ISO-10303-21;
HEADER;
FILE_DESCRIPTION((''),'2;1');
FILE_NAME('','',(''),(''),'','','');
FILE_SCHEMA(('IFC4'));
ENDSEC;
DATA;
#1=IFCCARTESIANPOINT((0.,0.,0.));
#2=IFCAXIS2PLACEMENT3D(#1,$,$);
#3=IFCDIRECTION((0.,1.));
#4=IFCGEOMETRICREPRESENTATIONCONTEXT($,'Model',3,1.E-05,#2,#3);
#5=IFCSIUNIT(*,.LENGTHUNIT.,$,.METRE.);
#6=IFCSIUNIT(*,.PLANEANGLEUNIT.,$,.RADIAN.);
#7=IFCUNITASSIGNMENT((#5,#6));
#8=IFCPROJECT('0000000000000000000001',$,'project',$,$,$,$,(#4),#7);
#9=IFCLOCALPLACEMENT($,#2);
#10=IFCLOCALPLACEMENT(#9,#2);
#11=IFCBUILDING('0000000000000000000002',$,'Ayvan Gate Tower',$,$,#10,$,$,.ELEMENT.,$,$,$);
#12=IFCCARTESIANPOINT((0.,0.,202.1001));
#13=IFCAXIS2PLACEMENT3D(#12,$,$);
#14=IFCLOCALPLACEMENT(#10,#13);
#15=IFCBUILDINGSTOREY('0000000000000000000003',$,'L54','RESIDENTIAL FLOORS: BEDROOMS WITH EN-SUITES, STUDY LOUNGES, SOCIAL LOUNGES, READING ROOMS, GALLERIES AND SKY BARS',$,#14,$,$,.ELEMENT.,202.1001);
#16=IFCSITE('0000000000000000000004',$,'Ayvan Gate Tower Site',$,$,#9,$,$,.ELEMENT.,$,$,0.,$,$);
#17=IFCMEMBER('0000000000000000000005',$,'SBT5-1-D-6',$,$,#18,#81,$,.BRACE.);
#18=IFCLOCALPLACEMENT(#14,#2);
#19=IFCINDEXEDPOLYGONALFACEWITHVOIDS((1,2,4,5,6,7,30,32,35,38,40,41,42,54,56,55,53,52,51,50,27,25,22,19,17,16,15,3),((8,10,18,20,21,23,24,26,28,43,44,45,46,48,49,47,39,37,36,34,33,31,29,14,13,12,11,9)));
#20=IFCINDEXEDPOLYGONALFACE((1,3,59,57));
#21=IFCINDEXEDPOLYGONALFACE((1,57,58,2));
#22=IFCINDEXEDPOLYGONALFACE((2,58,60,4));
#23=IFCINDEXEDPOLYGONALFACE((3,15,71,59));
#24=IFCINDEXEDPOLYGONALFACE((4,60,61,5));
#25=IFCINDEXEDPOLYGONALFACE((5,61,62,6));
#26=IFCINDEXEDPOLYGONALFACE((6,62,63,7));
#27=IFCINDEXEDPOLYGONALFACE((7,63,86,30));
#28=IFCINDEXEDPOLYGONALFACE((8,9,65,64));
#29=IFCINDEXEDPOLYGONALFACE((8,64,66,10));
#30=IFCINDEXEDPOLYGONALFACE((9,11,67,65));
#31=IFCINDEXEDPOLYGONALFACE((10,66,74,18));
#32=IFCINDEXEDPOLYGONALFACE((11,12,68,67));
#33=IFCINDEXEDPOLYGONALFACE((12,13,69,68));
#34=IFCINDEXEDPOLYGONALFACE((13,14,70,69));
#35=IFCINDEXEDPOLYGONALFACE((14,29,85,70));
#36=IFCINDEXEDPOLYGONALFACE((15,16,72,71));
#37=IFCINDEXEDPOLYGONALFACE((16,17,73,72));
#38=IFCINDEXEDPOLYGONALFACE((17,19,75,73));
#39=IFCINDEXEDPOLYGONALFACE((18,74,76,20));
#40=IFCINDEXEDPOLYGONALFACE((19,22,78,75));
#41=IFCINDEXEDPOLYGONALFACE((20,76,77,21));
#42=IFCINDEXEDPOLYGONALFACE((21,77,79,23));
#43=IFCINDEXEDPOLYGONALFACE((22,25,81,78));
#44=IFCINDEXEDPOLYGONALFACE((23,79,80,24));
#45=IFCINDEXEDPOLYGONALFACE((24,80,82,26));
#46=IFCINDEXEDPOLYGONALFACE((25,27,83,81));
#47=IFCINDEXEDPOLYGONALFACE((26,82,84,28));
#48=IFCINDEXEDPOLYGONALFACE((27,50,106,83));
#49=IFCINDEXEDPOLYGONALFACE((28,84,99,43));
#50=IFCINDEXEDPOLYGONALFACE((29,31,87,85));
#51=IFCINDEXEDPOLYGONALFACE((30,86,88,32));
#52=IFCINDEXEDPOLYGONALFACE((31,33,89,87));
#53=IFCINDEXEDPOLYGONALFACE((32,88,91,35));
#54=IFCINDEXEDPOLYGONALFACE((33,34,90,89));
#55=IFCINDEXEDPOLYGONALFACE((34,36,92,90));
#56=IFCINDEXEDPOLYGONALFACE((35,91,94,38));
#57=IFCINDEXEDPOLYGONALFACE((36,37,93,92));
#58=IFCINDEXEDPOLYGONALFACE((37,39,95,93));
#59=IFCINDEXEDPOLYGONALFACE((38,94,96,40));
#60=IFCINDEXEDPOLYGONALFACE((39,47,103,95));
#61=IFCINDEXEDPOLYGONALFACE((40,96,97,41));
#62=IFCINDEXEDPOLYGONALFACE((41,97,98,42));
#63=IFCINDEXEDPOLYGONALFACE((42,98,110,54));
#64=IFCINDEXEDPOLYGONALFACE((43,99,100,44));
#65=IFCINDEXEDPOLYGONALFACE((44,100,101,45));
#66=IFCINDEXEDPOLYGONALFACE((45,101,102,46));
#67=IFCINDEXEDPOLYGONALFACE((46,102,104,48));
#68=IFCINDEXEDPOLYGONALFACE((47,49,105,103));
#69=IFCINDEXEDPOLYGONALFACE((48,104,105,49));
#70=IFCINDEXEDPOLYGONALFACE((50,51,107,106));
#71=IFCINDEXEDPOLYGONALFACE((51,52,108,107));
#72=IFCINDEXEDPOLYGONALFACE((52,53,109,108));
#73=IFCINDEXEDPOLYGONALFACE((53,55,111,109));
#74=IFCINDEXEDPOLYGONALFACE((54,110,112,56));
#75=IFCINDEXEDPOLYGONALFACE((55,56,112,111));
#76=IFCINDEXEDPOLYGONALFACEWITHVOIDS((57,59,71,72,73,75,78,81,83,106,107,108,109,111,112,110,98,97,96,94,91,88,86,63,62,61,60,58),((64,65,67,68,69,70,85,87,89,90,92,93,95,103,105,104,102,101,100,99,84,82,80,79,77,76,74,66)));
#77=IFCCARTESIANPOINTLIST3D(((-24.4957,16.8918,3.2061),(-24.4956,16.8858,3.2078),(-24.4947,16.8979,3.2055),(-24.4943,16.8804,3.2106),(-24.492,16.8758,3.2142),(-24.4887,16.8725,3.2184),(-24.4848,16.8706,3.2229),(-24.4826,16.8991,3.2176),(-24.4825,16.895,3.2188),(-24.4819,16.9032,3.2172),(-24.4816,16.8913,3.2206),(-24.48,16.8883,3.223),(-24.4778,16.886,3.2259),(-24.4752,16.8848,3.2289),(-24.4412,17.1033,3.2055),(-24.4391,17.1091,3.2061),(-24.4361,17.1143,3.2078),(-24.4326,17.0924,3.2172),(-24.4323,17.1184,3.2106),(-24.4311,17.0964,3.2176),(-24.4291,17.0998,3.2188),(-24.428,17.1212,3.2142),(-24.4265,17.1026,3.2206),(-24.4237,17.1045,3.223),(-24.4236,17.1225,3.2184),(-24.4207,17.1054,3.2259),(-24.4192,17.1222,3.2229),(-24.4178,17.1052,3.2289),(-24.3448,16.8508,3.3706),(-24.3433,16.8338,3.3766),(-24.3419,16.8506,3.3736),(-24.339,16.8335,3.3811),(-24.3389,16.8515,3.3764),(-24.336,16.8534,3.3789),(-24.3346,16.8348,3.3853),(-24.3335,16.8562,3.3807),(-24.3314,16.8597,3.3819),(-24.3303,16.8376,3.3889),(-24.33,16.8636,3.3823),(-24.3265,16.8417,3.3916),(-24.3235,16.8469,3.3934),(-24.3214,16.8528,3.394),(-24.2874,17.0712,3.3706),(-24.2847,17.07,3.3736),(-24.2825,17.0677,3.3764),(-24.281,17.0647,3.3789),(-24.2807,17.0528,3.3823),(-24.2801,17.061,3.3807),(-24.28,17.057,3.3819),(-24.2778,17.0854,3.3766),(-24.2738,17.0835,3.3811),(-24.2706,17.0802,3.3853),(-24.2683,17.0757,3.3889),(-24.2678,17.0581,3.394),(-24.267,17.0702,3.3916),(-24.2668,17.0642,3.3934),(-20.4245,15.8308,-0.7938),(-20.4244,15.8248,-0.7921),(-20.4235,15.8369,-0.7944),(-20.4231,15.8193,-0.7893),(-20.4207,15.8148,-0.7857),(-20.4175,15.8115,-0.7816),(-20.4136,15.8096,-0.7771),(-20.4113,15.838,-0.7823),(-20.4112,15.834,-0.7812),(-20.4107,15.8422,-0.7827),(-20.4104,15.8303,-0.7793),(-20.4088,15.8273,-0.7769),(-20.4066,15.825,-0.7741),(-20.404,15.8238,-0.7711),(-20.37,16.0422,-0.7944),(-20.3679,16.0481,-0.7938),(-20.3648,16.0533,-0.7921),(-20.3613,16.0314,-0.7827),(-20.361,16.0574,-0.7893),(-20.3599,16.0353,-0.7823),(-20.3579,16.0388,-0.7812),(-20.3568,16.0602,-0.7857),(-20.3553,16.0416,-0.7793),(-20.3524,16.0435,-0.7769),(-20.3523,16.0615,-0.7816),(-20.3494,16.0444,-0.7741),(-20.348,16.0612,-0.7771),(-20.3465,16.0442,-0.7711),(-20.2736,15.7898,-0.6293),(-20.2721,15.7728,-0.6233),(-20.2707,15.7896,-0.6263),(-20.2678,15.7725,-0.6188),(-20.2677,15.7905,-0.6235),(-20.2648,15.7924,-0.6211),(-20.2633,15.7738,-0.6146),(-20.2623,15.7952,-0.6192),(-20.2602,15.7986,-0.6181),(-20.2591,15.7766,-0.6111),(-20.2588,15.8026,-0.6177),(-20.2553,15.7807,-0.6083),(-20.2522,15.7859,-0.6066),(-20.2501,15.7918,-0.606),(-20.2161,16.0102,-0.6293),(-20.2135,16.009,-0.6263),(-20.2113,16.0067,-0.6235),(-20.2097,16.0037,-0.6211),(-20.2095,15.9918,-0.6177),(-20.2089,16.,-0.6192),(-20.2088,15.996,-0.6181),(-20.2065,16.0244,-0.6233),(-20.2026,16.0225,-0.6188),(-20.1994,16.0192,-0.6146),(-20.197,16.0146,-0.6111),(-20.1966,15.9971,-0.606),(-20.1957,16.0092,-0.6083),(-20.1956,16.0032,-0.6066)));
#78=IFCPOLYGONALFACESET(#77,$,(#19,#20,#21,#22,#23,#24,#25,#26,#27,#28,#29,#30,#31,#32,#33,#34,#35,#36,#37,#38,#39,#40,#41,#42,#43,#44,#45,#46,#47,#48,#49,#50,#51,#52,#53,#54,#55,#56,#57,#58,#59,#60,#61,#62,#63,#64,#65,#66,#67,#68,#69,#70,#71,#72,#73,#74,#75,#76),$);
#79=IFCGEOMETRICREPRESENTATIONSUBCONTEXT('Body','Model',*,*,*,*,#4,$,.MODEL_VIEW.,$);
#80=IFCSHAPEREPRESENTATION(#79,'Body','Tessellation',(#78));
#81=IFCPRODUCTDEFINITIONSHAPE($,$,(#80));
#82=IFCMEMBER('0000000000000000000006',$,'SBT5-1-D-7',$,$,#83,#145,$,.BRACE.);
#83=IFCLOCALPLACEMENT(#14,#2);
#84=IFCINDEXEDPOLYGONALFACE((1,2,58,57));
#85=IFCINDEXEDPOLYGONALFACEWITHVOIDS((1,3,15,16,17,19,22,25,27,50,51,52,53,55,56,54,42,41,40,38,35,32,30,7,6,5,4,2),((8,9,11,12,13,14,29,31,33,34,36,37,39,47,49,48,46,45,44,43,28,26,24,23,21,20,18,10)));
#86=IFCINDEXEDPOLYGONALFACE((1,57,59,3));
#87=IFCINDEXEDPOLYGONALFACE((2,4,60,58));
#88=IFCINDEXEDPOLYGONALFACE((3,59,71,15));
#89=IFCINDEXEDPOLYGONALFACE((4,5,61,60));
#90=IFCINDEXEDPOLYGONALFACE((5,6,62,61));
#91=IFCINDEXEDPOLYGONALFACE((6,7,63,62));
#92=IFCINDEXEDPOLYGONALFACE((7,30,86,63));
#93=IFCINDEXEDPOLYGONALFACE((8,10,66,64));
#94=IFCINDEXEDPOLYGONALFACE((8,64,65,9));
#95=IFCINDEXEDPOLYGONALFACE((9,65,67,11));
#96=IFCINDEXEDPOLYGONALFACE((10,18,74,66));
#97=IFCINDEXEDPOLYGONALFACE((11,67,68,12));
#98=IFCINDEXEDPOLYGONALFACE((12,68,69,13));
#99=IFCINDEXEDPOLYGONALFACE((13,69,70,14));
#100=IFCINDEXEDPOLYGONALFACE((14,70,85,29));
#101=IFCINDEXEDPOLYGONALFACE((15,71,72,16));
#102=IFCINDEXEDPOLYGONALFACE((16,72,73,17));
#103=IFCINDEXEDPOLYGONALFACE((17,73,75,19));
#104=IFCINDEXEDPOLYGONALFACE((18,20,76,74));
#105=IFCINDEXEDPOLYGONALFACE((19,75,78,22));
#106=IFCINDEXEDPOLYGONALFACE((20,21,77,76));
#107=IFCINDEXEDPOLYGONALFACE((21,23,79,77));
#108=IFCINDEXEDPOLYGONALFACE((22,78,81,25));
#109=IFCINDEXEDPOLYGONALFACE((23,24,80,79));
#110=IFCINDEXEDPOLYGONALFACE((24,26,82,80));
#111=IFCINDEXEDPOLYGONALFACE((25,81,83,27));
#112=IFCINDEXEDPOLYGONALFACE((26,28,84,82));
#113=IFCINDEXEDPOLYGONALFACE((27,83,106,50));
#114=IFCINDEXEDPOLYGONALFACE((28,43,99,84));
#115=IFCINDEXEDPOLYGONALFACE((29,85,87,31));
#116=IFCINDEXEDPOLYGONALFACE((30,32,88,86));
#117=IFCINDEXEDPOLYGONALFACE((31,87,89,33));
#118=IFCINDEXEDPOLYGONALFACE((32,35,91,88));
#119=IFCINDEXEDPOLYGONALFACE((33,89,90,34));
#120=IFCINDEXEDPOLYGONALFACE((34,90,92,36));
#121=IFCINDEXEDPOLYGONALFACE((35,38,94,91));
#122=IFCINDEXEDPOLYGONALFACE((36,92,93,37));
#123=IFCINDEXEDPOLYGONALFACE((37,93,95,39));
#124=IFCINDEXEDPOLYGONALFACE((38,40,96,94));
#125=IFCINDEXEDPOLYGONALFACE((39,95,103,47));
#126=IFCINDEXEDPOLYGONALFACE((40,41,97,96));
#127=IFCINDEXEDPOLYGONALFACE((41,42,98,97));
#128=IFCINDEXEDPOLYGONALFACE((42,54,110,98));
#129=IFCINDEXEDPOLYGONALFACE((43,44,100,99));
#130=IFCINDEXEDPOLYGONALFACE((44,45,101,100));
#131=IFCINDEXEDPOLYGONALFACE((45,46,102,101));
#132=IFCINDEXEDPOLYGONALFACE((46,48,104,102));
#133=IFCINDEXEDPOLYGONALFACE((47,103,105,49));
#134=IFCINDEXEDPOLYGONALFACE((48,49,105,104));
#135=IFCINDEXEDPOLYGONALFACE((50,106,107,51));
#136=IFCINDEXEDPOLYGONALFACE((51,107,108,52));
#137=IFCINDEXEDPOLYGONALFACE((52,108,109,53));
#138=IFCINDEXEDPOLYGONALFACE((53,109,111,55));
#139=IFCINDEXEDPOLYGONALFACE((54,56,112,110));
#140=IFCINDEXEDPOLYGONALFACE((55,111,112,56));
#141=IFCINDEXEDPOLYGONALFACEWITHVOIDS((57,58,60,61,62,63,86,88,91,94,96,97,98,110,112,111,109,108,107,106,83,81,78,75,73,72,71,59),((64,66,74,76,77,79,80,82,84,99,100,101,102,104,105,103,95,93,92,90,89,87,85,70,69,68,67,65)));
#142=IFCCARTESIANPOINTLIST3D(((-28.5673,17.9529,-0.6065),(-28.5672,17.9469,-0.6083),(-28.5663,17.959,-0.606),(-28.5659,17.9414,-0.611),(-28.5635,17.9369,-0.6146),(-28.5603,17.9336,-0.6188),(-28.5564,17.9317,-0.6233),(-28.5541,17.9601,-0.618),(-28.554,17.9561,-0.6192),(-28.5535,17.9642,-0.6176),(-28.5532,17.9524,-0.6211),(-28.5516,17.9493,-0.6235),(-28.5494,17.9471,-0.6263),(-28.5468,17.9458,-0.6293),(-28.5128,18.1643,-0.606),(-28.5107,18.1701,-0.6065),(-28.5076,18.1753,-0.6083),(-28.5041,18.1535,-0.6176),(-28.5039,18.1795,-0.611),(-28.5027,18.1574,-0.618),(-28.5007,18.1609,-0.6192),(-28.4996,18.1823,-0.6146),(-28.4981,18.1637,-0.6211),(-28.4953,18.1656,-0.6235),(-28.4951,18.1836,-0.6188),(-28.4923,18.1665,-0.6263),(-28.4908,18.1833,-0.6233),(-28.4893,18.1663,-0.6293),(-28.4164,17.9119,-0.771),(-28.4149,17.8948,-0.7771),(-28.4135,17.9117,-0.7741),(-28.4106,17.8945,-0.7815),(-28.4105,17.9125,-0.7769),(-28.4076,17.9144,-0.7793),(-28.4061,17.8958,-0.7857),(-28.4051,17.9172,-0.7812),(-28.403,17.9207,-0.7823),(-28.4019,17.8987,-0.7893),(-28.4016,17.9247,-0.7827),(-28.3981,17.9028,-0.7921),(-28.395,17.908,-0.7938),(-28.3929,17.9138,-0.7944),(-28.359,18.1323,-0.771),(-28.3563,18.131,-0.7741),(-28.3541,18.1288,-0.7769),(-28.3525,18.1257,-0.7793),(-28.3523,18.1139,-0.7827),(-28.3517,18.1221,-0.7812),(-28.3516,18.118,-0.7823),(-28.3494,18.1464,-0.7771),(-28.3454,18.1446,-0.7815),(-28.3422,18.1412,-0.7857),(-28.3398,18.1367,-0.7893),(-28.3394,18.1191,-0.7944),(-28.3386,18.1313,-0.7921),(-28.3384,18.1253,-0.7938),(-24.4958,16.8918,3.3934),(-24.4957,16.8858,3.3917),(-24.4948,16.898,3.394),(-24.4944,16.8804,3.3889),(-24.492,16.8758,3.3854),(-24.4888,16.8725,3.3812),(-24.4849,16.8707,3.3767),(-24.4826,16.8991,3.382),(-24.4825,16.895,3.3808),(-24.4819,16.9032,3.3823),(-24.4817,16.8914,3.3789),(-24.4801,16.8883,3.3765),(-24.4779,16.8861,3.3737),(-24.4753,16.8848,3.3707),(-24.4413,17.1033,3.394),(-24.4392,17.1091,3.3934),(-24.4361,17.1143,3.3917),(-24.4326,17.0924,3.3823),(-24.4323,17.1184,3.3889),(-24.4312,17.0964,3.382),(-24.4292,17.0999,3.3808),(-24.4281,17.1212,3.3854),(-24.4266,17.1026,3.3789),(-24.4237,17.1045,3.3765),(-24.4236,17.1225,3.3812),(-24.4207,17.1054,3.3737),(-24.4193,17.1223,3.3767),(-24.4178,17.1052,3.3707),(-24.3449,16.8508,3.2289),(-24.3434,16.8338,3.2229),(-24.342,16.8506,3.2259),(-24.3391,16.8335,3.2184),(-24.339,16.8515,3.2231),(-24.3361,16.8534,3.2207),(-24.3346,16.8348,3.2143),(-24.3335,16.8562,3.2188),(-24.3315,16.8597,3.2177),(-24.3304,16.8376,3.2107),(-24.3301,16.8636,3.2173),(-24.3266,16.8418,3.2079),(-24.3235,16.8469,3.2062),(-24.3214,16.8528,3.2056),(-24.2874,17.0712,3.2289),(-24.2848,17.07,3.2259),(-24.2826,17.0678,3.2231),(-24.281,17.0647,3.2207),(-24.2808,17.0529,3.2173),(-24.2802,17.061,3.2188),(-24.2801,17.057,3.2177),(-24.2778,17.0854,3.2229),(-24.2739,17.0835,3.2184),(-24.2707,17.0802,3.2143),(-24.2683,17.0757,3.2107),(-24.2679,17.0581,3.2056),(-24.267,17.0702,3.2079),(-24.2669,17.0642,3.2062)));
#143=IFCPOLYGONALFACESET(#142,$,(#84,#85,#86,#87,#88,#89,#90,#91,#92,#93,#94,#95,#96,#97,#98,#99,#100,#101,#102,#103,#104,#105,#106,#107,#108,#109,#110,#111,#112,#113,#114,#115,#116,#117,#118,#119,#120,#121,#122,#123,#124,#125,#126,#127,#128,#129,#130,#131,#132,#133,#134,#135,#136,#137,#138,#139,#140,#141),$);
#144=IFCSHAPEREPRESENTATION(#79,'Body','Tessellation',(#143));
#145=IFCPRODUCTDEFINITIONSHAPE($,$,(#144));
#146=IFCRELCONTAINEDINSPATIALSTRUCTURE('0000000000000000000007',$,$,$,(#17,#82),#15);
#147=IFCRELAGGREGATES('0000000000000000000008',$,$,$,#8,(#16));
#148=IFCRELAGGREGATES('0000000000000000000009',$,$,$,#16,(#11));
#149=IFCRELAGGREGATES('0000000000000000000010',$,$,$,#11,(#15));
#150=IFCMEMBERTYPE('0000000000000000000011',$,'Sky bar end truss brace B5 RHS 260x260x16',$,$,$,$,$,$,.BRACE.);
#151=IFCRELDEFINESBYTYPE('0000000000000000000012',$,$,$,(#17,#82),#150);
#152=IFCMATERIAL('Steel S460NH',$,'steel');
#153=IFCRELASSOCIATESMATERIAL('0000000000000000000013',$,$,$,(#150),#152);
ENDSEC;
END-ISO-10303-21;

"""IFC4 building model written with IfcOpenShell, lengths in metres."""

from ifc_helpers import new_model, si_unit, direction, frame, origin, origin_2d, place, context, subcontext, project, spatial, hollow_rectangle, extrude, material, material_profile, profile_set, type_object, element, save


model = new_model("IFC4")

# Units and contexts
model_context = context("Model", 3, precision=1e-05, world=origin(), true_north=direction((0.0, 1.0)))
body_context = subcontext(model_context, "Body", "Model", "MODEL_VIEW")
ifc_project = project(units=[si_unit("LENGTHUNIT", "METRE"), si_unit("PLANEANGLEUNIT", "RADIAN")], contexts=[model_context])

# Site, building, storey
site_placement = place(None, origin())
site = spatial("IfcSite", under=ifc_project, at=site_placement, Name="Ayvan Gate Tower Site", CompositionType="ELEMENT", RefElevation=0.0)
building_placement = place(site_placement, origin())
building = spatial("IfcBuilding", under=site, at=building_placement, Name="Ayvan Gate Tower", CompositionType="ELEMENT")
storey_placement = place(building_placement, frame((0.0, 0.0, 202.1001)))
storey = spatial("IfcBuildingStorey", under=building, at=storey_placement, Name="L54", Description="RESIDENTIAL FLOORS: BEDROOMS WITH EN-SUITES, STUDY LOUNGES, SOCIAL LOUNGES, READING ROOMS, GALLERIES AND SKY BARS", CompositionType="ELEMENT", Elevation=202.1001)

# Members
ifc_material_1 = material(Name="Steel S460NH", Category="steel")
ifc_material_profile_1 = material_profile(ifc_material_1, hollow_rectangle(XDim=0.26, YDim=0.26, WallThickness=0.0161, InnerFilletRadius=0.0161, OuterFilletRadius=0.0239, at=origin_2d()), Name="RHS 260x260x16")
ifc_profile_set_1 = profile_set([ifc_material_profile_1], Name="Steel S460NH")
member_type_1 = type_object("IfcMemberType", Name="Sky bar end truss brace B5 RHS 260x260x16", PredefinedType="BRACE", material=ifc_profile_set_1)
member_1_placement = place(storey_placement, frame((-20.3101, 15.917, -0.7002), z_axis=(-0.701309, 0.182771, 0.689029), x_axis=(-0.25219, -0.967678, 0.0)))
element("IfcMember", 1, at=member_1_placement, inside=storey, type_object=member_type_1, Name="SBT5-1-D-6", PredefinedType="BRACE", context=body_context, shape_type="SweptSolid", body=[
    extrude(hollow_rectangle(XDim=0.26, YDim=0.26, WallThickness=0.0161, InnerFilletRadius=0.0161, OuterFilletRadius=0.0239, at=origin_2d()), origin(), (0.0, 0.0, 1.0), 5.8052),
])
member_2_placement = place(storey_placement, frame((-24.3813, 16.978, 3.2998), z_axis=(-0.70133, 0.182766, -0.689008), x_axis=(-0.252176, -0.967681, 0.0)))
element("IfcMember", 2, at=member_2_placement, inside=storey, type_object=member_type_1, Name="SBT5-1-D-7", PredefinedType="BRACE", context=body_context, shape_type="SweptSolid", body=[
    extrude(hollow_rectangle(XDim=0.26, YDim=0.26, WallThickness=0.0161, InnerFilletRadius=0.0161, OuterFilletRadius=0.0239, at=origin_2d()), origin(), (0.0, 0.0, 1.0), 5.8054),
])

save(model, "model.ifc")
